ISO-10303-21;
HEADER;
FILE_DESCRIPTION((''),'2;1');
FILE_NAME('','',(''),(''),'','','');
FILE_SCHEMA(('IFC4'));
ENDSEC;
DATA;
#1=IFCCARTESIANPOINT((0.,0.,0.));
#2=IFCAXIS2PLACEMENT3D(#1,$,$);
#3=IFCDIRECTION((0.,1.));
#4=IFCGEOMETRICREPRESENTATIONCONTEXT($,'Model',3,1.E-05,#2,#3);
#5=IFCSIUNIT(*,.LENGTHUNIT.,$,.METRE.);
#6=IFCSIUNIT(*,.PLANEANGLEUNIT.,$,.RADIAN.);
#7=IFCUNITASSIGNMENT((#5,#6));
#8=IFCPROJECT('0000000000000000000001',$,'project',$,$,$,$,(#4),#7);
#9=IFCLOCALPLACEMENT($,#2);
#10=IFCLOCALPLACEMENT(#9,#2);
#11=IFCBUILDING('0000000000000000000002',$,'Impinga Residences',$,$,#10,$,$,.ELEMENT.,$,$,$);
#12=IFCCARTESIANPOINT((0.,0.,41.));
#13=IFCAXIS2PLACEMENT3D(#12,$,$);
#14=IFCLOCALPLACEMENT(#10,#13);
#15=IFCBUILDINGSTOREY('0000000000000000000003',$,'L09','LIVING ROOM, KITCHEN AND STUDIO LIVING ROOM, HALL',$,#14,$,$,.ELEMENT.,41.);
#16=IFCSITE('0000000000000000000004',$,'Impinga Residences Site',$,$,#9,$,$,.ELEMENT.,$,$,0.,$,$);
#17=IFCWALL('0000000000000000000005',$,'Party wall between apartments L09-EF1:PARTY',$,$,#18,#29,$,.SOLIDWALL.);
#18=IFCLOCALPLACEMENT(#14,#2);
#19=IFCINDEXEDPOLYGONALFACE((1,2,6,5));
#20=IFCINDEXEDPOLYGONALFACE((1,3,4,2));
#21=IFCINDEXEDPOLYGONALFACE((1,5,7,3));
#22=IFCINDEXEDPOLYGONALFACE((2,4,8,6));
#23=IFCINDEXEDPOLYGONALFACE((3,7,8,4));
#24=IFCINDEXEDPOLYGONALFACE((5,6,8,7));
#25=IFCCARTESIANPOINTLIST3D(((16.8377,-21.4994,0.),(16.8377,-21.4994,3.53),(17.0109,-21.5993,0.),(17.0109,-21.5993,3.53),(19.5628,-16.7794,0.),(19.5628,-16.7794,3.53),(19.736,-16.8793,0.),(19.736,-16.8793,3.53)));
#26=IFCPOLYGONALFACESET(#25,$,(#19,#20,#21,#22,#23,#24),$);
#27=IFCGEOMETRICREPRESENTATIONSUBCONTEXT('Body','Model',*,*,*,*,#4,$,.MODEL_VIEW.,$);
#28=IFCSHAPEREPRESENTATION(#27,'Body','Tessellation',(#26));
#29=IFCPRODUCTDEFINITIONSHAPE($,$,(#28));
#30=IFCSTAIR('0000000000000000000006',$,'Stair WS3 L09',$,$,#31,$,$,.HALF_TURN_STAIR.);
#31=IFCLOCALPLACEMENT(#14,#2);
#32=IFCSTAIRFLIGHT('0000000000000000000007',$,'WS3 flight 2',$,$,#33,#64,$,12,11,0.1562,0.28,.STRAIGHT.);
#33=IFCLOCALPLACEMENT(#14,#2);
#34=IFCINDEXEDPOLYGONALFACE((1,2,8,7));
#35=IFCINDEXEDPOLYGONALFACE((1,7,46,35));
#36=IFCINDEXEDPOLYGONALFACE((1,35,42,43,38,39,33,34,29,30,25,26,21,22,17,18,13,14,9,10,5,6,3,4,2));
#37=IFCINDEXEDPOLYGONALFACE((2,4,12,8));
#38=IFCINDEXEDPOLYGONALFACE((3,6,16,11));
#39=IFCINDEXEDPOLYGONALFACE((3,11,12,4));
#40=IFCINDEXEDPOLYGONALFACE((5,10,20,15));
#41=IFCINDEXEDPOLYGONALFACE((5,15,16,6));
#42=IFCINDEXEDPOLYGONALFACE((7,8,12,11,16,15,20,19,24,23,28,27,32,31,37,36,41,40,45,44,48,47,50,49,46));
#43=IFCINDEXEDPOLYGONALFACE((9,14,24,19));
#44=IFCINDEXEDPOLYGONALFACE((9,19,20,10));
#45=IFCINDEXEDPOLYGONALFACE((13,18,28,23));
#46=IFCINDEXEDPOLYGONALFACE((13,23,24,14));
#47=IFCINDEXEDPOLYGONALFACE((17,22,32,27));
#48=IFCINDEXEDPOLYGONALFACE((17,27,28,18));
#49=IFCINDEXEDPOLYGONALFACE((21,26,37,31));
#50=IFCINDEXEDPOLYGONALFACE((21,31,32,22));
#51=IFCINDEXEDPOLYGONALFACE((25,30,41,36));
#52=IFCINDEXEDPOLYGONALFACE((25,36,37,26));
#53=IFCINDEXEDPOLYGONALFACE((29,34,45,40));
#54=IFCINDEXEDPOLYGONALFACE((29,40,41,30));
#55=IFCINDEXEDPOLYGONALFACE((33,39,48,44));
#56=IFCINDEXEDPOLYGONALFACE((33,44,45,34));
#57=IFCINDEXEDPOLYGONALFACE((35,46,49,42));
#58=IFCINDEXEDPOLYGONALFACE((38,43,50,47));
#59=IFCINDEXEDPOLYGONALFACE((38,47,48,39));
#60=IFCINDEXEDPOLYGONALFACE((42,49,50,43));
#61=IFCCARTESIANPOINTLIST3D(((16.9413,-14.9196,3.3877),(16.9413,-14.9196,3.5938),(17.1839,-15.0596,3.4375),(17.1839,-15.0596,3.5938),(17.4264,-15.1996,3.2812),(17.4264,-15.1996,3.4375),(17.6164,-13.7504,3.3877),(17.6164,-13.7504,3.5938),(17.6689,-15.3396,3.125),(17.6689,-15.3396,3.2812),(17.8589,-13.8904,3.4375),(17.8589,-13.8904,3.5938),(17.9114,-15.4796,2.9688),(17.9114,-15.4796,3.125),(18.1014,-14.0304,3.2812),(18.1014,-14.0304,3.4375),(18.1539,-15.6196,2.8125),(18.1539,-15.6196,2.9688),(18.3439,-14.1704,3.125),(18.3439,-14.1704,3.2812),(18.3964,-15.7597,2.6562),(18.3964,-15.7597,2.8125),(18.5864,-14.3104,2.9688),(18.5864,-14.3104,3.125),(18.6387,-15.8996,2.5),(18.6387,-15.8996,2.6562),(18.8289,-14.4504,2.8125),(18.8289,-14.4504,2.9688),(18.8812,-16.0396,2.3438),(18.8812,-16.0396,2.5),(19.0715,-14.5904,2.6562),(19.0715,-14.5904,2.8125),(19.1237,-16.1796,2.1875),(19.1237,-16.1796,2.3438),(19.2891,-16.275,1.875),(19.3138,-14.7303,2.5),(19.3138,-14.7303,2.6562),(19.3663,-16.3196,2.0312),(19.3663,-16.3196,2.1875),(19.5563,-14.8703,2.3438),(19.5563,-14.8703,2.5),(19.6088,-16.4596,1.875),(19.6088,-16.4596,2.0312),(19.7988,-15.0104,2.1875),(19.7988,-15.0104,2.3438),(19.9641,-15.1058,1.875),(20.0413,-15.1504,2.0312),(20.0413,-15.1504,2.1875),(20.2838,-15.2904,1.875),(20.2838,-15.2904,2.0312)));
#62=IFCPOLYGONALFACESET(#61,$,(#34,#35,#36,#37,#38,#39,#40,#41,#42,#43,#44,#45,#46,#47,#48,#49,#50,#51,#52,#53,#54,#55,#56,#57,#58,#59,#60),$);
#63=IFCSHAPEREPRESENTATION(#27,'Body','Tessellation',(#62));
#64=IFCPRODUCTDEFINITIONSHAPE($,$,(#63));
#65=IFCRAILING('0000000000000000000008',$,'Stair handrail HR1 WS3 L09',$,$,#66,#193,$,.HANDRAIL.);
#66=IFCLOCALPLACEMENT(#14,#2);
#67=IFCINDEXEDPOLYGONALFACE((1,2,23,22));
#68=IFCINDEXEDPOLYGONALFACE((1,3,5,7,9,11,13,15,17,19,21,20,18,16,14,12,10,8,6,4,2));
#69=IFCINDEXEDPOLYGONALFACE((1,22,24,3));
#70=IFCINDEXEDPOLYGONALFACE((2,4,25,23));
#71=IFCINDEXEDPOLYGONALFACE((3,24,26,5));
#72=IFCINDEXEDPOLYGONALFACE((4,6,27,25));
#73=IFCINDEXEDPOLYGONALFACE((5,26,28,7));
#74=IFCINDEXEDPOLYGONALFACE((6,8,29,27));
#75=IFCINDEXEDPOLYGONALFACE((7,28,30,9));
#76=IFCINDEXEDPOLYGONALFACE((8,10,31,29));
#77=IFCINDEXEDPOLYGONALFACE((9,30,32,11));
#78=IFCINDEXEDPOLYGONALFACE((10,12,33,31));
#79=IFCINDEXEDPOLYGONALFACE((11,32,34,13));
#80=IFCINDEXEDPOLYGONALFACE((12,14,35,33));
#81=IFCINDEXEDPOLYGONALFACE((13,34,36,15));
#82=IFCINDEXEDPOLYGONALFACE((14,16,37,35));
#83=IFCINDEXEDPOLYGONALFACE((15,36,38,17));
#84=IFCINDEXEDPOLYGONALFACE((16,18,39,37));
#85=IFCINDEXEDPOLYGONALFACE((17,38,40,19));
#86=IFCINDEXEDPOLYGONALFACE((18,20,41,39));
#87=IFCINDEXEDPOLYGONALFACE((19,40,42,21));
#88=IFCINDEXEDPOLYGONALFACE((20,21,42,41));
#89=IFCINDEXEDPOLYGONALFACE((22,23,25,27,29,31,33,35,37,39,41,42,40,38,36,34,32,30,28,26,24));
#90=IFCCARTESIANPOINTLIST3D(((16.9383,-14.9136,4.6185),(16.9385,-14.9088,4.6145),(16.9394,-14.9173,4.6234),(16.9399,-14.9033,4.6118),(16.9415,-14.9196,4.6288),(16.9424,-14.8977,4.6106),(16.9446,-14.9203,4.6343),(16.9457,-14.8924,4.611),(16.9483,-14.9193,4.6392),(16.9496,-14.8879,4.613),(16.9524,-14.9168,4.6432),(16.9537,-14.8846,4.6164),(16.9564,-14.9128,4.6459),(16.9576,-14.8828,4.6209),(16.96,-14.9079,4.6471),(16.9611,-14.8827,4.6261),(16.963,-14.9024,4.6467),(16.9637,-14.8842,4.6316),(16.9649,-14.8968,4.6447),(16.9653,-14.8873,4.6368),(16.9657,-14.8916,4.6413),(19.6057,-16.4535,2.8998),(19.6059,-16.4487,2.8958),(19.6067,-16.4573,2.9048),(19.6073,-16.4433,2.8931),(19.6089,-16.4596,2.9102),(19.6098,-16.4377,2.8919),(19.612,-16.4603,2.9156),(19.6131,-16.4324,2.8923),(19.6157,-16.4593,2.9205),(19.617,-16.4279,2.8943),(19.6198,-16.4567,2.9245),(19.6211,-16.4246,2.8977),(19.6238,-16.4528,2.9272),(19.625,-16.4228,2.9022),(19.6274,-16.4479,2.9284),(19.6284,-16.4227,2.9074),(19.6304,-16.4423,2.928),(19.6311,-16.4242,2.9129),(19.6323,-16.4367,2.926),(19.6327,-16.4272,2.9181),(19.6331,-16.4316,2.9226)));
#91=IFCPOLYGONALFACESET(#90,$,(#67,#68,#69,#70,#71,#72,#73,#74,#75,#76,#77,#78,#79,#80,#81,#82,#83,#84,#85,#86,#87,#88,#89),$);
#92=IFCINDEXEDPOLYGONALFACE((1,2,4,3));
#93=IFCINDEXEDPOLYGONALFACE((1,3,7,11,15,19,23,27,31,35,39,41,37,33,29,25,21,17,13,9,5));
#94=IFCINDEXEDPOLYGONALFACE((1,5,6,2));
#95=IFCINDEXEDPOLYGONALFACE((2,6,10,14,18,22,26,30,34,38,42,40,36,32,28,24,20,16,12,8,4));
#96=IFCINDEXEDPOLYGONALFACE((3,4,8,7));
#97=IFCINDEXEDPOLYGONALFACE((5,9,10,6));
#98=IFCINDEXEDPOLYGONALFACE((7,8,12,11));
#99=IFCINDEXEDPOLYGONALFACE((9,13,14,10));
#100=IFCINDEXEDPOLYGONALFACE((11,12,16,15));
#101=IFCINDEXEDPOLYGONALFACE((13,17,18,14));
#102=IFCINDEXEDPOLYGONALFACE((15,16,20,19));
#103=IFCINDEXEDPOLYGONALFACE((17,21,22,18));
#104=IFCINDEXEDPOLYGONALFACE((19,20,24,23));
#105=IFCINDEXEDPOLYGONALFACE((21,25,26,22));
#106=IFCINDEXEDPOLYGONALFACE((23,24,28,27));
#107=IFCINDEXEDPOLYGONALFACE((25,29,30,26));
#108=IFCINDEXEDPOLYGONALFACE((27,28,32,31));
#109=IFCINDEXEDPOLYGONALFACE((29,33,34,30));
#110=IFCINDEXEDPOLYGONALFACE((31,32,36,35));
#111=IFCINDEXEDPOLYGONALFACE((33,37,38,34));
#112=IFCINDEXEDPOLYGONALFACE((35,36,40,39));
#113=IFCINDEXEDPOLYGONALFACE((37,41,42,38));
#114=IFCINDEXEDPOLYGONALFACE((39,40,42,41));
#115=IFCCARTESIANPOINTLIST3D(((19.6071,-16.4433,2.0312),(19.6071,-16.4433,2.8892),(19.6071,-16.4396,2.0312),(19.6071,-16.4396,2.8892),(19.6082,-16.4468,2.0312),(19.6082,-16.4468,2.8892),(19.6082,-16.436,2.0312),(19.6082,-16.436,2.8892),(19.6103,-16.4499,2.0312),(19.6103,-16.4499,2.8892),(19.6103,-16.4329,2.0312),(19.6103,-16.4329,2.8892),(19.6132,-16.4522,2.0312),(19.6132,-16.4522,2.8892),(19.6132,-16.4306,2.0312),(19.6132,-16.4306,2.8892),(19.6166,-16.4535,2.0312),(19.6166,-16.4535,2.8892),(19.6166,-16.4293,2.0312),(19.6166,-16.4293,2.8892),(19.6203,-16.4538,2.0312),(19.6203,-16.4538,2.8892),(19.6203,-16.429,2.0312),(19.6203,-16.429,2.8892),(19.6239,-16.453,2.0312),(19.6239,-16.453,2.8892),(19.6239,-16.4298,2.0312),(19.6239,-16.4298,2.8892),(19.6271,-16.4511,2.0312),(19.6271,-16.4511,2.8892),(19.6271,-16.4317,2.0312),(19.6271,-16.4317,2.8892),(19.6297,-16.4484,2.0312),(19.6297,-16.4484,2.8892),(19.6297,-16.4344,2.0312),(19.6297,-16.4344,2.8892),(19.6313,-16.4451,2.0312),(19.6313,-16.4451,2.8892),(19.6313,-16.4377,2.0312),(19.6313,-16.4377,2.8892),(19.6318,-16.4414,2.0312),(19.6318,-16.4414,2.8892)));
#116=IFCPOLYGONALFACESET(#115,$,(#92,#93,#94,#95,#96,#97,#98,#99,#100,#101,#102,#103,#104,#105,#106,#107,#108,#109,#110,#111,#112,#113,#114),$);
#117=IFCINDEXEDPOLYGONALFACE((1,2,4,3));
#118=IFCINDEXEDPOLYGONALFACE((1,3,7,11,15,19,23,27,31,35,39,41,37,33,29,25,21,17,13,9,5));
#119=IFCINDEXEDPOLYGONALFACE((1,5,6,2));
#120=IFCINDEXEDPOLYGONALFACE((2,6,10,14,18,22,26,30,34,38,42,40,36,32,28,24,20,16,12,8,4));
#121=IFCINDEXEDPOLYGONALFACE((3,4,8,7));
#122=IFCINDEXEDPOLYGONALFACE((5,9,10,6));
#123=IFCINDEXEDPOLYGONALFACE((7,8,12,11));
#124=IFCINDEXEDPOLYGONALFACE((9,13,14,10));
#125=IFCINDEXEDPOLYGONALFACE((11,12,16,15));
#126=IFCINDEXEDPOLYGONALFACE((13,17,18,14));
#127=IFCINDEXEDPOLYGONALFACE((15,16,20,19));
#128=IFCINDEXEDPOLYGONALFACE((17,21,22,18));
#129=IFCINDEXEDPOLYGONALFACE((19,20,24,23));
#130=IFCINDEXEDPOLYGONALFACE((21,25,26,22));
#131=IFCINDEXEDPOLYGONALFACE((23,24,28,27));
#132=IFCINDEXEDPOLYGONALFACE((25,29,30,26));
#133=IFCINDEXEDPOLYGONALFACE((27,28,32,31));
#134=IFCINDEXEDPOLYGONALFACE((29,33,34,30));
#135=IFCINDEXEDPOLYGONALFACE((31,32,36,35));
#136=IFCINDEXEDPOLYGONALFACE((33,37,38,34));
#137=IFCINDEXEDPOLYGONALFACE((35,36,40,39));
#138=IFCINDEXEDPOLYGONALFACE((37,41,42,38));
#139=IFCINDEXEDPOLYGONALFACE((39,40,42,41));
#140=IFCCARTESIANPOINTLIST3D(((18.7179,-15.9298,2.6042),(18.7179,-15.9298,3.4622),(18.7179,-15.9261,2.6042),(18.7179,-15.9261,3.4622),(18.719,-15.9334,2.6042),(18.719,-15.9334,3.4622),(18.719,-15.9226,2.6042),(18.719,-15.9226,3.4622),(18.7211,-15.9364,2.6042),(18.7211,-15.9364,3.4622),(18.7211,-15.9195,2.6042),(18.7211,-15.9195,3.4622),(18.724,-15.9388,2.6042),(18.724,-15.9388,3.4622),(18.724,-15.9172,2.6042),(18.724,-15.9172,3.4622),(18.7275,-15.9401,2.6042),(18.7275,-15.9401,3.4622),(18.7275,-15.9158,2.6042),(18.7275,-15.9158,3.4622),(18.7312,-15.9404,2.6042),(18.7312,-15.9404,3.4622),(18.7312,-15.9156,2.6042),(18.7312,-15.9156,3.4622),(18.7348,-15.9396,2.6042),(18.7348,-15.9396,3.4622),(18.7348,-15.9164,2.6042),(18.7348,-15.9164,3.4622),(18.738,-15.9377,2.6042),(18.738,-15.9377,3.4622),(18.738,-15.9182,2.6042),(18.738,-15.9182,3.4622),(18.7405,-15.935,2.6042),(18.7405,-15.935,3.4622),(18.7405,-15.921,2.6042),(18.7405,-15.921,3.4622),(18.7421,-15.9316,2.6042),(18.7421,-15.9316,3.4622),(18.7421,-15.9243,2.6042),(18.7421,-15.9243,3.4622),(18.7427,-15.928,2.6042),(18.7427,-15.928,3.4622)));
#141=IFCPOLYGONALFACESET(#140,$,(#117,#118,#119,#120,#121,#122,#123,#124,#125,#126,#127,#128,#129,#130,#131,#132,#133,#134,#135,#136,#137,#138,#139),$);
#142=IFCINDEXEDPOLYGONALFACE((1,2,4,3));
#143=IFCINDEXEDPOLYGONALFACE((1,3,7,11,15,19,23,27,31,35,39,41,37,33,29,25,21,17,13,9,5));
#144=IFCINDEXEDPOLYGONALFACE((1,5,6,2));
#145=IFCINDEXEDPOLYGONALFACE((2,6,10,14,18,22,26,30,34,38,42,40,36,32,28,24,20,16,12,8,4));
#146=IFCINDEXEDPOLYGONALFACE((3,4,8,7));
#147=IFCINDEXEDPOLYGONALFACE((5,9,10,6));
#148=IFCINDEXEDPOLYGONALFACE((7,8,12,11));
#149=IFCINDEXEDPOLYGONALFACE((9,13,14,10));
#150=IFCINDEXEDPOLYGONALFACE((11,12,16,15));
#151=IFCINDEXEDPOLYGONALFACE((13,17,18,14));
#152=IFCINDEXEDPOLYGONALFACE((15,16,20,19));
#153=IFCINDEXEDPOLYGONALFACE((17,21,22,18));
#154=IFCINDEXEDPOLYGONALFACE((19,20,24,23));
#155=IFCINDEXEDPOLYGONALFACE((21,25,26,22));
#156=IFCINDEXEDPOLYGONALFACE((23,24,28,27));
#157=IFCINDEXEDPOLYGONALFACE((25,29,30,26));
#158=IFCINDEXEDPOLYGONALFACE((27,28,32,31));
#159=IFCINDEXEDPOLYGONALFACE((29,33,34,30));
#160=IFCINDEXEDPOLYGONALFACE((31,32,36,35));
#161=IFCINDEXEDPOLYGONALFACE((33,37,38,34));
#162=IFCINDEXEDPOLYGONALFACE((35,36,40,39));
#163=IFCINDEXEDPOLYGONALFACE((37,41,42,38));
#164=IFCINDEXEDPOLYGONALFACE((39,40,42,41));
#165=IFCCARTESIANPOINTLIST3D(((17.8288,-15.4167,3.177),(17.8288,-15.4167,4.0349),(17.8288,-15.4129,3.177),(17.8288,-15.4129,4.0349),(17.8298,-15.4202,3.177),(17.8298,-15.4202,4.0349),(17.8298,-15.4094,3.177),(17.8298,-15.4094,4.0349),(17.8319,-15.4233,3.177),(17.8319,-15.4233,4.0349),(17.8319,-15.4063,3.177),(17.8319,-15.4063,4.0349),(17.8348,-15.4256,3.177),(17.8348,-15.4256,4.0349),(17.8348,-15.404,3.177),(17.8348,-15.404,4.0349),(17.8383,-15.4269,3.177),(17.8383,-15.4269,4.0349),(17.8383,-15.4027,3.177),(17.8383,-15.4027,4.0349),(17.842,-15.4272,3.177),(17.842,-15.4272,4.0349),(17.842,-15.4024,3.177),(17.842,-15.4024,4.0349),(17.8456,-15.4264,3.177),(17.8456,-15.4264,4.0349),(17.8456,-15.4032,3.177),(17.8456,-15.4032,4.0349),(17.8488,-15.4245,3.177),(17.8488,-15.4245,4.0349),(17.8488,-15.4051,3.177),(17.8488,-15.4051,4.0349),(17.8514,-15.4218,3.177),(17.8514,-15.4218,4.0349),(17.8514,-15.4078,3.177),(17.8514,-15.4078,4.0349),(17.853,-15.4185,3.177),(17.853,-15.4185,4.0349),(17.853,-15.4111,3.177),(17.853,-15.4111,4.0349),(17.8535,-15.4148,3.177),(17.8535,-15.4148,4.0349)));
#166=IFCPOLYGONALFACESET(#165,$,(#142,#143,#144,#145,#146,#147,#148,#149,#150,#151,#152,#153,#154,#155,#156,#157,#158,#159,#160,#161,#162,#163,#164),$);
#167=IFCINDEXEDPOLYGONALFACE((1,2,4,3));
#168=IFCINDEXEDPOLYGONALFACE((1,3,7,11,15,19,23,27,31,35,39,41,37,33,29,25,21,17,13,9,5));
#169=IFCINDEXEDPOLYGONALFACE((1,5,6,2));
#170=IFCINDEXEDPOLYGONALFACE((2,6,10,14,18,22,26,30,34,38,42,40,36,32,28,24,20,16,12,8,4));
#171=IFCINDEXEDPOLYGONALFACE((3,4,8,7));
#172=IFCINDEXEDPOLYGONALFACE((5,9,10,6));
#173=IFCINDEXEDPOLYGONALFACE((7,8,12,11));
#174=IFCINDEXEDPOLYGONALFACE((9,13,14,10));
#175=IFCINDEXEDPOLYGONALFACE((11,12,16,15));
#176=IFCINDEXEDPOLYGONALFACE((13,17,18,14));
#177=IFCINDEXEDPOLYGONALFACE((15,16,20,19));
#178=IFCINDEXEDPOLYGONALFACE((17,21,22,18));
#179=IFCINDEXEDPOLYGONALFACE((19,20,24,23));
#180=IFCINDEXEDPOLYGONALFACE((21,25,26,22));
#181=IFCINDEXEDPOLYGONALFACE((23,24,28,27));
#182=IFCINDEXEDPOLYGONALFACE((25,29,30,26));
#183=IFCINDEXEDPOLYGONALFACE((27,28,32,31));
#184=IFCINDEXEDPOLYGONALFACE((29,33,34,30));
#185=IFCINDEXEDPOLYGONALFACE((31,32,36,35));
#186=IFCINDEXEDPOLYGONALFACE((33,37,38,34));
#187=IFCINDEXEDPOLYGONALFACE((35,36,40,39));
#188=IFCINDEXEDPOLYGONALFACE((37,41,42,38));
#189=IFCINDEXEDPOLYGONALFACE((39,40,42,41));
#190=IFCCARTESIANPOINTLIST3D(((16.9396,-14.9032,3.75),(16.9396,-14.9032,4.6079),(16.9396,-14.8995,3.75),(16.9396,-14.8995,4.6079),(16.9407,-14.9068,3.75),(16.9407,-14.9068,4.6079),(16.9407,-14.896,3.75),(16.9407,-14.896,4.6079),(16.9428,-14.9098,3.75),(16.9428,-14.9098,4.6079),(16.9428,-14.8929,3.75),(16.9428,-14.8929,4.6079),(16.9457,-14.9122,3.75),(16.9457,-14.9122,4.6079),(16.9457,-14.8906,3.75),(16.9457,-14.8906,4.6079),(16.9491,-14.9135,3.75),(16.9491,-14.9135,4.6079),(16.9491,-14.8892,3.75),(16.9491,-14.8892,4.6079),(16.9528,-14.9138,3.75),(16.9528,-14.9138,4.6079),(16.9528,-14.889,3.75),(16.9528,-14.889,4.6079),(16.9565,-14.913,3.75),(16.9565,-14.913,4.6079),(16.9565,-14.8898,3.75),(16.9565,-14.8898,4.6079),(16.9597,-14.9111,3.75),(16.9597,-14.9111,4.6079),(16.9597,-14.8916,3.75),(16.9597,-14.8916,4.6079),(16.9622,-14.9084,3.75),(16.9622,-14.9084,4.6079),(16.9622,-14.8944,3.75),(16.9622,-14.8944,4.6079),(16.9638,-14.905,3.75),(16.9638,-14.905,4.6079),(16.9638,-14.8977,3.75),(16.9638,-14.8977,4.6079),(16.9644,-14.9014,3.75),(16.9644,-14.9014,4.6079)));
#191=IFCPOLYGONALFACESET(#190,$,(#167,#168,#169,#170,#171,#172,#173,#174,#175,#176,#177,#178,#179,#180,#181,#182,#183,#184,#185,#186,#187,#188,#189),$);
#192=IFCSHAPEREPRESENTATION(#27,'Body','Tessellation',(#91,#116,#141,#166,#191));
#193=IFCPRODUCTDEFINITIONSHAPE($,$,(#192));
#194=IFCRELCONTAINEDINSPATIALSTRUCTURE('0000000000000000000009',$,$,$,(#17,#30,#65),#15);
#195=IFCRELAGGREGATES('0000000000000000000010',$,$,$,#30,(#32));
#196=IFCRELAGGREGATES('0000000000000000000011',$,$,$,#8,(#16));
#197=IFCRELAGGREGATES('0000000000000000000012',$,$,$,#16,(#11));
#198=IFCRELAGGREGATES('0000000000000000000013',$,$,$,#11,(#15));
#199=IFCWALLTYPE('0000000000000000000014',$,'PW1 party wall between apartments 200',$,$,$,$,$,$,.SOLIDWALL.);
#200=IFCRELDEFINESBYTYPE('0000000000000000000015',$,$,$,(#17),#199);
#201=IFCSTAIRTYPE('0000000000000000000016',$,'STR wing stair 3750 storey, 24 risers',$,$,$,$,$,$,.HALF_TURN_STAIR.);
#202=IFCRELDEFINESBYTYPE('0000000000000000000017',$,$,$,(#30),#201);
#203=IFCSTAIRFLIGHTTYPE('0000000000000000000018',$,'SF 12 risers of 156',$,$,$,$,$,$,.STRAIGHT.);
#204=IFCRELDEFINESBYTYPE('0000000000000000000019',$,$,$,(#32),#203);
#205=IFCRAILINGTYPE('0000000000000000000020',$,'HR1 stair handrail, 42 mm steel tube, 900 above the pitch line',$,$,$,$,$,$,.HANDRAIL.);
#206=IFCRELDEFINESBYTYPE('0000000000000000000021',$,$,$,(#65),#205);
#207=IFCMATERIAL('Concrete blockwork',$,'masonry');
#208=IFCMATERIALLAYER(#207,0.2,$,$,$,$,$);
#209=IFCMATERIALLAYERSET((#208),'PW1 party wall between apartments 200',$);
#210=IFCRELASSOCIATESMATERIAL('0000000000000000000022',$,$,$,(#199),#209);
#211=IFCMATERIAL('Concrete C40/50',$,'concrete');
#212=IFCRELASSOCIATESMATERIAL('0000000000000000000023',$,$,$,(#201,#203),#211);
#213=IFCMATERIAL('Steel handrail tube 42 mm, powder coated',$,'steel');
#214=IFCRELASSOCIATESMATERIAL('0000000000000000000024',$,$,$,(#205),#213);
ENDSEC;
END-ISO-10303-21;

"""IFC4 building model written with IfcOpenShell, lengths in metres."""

from ifc_helpers import new_model, si_unit, direction, frame, frame_2d, origin, origin_2d, place, context, subcontext, project, spatial, polyline, rectangle, circle, outline, extrude, material, layer, layer_set, type_object, element, aggregate, save


model = new_model("IFC4")

# Units and contexts
model_context = context("Model", 3, precision=1e-05, world=origin(), true_north=direction((0.0, 1.0)))
body_context = subcontext(model_context, "Body", "Model", "MODEL_VIEW")
ifc_project = project(units=[si_unit("LENGTHUNIT", "METRE"), si_unit("PLANEANGLEUNIT", "RADIAN")], contexts=[model_context])

# Site, building, storey
site_placement = place(None, origin())
site = spatial("IfcSite", under=ifc_project, at=site_placement, Name="Impinga Residences Site", CompositionType="ELEMENT", RefElevation=0.0)
building_placement = place(site_placement, origin())
building = spatial("IfcBuilding", under=site, at=building_placement, Name="Impinga Residences", CompositionType="ELEMENT")
storey_placement = place(building_placement, frame((0.0, 0.0, 41.0)))
storey = spatial("IfcBuildingStorey", under=building, at=storey_placement, Name="L09", Description="LIVING ROOM, KITCHEN AND STUDIO LIVING ROOM, HALL", CompositionType="ELEMENT", Elevation=41.0)

# Wall
ifc_material_1 = material(Name="Concrete blockwork", Category="masonry")
ifc_layer_1 = layer(ifc_material_1, 0.2)
ifc_layer_set_1 = layer_set([ifc_layer_1], Name="PW1 party wall between apartments 200")
wall_type_1 = type_object("IfcWallType", Name="PW1 party wall between apartments 200", PredefinedType="SOLIDWALL", material=ifc_layer_set_1)
wall_1_placement = place(storey_placement, frame((19.6494, -16.8293, 0.0), z_axis=(0.0, 0.0, 1.0), x_axis=(-0.500003, -0.866024, 0.0)))
element("IfcWall", 1, at=wall_1_placement, inside=storey, type_object=wall_type_1, Name="Party wall between apartments L09-EF1:PARTY", PredefinedType="SOLIDWALL", context=body_context, shape_type="SweptSolid", body=[
    extrude(rectangle(XDim=5.4502, YDim=0.2, at=frame_2d((2.7251, 0.0))), origin(), (0.0, 0.0, 1.0), 3.53),
])

# Stair, stair flight
ifc_material_2 = material(Name="Concrete C40/50", Category="concrete")
stair_type = type_object("IfcStairType", Name="STR wing stair 3750 storey, 24 risers", PredefinedType="HALF_TURN_STAIR", material=ifc_material_2)
stair_placement = place(storey_placement, origin())
stair = element("IfcStair", 2, at=stair_placement, inside=storey, type_object=stair_type, Name="Stair WS3 L09", PredefinedType="HALF_TURN_STAIR")
stair_flight_type = type_object("IfcStairFlightType", Name="SF 12 risers of 156", PredefinedType="STRAIGHT", material=ifc_material_2)
stair_flight_placement = place(storey_placement, frame((19.9463, -15.875, 1.875), z_axis=(0.0, 0.0, 1.0), x_axis=(-0.866025, 0.5, 0.0)))
stair_flight = element("IfcStairFlight", 3, at=stair_flight_placement, type_object=stair_flight_type, Name="WS3 flight 2", NumberOfRisers=12, NumberOfTreads=11, PredefinedType="STRAIGHT", RiserHeight=0.1562, TreadLength=0.28, context=body_context, shape_type="SweptSolid", body=[
    extrude(outline(polyline([(0.0, 0.0), (0.0, 0.1562), (0.28, 0.1562), (0.28, 0.3125), (0.5601, 0.3125), (0.5601, 0.4688), (0.8401, 0.4688), (0.8401, 0.625), (1.1201, 0.625), (1.1201, 0.7812), (1.3999, 0.7812), (1.3999, 0.9375), (1.6799, 0.9375), (1.6799, 1.0938), (1.96, 1.0938), (1.96, 1.25), (2.24, 1.25), (2.24, 1.4062), (2.52, 1.4062), (2.52, 1.5625), (2.8, 1.5625), (2.8, 1.7188), (3.0801, 1.7188), (3.0801, 1.875), (3.0801, 1.5127), (0.3691, 0.0), (0.0, 0.0)])), frame((0.0, 0.675, 0.0), z_axis=(0.0, -1.0, 0.0), x_axis=(1.0, 0.0, 0.0)), (0.0, 0.0, 1.0), 1.3501),
])
aggregate(stair, [stair_flight])

# Railing
ifc_material_3 = material(Name="Steel handrail tube 42 mm, powder coated", Category="steel")
railing_type = type_object("IfcRailingType", Name="HR1 stair handrail, 42 mm steel tube, 900 above the pitch line", PredefinedType="HANDRAIL", material=ifc_material_3)
railing_placement = place(storey_placement, frame((19.6194, -16.4414, 2.0312)))
element("IfcRailing", 4, at=railing_placement, inside=storey, type_object=railing_type, Name="Stair handrail HR1 WS3 L09", PredefinedType="HANDRAIL", context=body_context, shape_type="SweptSolid", body=[
    extrude(circle(Radius=0.021, at=origin_2d()), frame((0.0, 0.0, 0.8789), z_axis=(-0.756256, 0.436616, 0.487282), x_axis=(-0.499992, -0.86603, 0.0)), (0.0, 0.0, 1.0), 3.5271),
    extrude(circle(Radius=0.0125, at=origin_2d()), origin(), (0.0, 0.0, 1.0), 0.8579),
    extrude(circle(Radius=0.0125, at=origin_2d()), frame((-0.8892, 0.5134, 0.573)), (0.0, 0.0, 1.0), 0.8579),
    extrude(circle(Radius=0.0125, at=origin_2d()), frame((-1.7783, 1.0266, 1.1458)), (0.0, 0.0, 1.0), 0.8579),
    extrude(circle(Radius=0.0125, at=origin_2d()), frame((-2.6675, 1.54, 1.7188)), (0.0, 0.0, 1.0), 0.8579),
])

save(model, "model.ifc")
